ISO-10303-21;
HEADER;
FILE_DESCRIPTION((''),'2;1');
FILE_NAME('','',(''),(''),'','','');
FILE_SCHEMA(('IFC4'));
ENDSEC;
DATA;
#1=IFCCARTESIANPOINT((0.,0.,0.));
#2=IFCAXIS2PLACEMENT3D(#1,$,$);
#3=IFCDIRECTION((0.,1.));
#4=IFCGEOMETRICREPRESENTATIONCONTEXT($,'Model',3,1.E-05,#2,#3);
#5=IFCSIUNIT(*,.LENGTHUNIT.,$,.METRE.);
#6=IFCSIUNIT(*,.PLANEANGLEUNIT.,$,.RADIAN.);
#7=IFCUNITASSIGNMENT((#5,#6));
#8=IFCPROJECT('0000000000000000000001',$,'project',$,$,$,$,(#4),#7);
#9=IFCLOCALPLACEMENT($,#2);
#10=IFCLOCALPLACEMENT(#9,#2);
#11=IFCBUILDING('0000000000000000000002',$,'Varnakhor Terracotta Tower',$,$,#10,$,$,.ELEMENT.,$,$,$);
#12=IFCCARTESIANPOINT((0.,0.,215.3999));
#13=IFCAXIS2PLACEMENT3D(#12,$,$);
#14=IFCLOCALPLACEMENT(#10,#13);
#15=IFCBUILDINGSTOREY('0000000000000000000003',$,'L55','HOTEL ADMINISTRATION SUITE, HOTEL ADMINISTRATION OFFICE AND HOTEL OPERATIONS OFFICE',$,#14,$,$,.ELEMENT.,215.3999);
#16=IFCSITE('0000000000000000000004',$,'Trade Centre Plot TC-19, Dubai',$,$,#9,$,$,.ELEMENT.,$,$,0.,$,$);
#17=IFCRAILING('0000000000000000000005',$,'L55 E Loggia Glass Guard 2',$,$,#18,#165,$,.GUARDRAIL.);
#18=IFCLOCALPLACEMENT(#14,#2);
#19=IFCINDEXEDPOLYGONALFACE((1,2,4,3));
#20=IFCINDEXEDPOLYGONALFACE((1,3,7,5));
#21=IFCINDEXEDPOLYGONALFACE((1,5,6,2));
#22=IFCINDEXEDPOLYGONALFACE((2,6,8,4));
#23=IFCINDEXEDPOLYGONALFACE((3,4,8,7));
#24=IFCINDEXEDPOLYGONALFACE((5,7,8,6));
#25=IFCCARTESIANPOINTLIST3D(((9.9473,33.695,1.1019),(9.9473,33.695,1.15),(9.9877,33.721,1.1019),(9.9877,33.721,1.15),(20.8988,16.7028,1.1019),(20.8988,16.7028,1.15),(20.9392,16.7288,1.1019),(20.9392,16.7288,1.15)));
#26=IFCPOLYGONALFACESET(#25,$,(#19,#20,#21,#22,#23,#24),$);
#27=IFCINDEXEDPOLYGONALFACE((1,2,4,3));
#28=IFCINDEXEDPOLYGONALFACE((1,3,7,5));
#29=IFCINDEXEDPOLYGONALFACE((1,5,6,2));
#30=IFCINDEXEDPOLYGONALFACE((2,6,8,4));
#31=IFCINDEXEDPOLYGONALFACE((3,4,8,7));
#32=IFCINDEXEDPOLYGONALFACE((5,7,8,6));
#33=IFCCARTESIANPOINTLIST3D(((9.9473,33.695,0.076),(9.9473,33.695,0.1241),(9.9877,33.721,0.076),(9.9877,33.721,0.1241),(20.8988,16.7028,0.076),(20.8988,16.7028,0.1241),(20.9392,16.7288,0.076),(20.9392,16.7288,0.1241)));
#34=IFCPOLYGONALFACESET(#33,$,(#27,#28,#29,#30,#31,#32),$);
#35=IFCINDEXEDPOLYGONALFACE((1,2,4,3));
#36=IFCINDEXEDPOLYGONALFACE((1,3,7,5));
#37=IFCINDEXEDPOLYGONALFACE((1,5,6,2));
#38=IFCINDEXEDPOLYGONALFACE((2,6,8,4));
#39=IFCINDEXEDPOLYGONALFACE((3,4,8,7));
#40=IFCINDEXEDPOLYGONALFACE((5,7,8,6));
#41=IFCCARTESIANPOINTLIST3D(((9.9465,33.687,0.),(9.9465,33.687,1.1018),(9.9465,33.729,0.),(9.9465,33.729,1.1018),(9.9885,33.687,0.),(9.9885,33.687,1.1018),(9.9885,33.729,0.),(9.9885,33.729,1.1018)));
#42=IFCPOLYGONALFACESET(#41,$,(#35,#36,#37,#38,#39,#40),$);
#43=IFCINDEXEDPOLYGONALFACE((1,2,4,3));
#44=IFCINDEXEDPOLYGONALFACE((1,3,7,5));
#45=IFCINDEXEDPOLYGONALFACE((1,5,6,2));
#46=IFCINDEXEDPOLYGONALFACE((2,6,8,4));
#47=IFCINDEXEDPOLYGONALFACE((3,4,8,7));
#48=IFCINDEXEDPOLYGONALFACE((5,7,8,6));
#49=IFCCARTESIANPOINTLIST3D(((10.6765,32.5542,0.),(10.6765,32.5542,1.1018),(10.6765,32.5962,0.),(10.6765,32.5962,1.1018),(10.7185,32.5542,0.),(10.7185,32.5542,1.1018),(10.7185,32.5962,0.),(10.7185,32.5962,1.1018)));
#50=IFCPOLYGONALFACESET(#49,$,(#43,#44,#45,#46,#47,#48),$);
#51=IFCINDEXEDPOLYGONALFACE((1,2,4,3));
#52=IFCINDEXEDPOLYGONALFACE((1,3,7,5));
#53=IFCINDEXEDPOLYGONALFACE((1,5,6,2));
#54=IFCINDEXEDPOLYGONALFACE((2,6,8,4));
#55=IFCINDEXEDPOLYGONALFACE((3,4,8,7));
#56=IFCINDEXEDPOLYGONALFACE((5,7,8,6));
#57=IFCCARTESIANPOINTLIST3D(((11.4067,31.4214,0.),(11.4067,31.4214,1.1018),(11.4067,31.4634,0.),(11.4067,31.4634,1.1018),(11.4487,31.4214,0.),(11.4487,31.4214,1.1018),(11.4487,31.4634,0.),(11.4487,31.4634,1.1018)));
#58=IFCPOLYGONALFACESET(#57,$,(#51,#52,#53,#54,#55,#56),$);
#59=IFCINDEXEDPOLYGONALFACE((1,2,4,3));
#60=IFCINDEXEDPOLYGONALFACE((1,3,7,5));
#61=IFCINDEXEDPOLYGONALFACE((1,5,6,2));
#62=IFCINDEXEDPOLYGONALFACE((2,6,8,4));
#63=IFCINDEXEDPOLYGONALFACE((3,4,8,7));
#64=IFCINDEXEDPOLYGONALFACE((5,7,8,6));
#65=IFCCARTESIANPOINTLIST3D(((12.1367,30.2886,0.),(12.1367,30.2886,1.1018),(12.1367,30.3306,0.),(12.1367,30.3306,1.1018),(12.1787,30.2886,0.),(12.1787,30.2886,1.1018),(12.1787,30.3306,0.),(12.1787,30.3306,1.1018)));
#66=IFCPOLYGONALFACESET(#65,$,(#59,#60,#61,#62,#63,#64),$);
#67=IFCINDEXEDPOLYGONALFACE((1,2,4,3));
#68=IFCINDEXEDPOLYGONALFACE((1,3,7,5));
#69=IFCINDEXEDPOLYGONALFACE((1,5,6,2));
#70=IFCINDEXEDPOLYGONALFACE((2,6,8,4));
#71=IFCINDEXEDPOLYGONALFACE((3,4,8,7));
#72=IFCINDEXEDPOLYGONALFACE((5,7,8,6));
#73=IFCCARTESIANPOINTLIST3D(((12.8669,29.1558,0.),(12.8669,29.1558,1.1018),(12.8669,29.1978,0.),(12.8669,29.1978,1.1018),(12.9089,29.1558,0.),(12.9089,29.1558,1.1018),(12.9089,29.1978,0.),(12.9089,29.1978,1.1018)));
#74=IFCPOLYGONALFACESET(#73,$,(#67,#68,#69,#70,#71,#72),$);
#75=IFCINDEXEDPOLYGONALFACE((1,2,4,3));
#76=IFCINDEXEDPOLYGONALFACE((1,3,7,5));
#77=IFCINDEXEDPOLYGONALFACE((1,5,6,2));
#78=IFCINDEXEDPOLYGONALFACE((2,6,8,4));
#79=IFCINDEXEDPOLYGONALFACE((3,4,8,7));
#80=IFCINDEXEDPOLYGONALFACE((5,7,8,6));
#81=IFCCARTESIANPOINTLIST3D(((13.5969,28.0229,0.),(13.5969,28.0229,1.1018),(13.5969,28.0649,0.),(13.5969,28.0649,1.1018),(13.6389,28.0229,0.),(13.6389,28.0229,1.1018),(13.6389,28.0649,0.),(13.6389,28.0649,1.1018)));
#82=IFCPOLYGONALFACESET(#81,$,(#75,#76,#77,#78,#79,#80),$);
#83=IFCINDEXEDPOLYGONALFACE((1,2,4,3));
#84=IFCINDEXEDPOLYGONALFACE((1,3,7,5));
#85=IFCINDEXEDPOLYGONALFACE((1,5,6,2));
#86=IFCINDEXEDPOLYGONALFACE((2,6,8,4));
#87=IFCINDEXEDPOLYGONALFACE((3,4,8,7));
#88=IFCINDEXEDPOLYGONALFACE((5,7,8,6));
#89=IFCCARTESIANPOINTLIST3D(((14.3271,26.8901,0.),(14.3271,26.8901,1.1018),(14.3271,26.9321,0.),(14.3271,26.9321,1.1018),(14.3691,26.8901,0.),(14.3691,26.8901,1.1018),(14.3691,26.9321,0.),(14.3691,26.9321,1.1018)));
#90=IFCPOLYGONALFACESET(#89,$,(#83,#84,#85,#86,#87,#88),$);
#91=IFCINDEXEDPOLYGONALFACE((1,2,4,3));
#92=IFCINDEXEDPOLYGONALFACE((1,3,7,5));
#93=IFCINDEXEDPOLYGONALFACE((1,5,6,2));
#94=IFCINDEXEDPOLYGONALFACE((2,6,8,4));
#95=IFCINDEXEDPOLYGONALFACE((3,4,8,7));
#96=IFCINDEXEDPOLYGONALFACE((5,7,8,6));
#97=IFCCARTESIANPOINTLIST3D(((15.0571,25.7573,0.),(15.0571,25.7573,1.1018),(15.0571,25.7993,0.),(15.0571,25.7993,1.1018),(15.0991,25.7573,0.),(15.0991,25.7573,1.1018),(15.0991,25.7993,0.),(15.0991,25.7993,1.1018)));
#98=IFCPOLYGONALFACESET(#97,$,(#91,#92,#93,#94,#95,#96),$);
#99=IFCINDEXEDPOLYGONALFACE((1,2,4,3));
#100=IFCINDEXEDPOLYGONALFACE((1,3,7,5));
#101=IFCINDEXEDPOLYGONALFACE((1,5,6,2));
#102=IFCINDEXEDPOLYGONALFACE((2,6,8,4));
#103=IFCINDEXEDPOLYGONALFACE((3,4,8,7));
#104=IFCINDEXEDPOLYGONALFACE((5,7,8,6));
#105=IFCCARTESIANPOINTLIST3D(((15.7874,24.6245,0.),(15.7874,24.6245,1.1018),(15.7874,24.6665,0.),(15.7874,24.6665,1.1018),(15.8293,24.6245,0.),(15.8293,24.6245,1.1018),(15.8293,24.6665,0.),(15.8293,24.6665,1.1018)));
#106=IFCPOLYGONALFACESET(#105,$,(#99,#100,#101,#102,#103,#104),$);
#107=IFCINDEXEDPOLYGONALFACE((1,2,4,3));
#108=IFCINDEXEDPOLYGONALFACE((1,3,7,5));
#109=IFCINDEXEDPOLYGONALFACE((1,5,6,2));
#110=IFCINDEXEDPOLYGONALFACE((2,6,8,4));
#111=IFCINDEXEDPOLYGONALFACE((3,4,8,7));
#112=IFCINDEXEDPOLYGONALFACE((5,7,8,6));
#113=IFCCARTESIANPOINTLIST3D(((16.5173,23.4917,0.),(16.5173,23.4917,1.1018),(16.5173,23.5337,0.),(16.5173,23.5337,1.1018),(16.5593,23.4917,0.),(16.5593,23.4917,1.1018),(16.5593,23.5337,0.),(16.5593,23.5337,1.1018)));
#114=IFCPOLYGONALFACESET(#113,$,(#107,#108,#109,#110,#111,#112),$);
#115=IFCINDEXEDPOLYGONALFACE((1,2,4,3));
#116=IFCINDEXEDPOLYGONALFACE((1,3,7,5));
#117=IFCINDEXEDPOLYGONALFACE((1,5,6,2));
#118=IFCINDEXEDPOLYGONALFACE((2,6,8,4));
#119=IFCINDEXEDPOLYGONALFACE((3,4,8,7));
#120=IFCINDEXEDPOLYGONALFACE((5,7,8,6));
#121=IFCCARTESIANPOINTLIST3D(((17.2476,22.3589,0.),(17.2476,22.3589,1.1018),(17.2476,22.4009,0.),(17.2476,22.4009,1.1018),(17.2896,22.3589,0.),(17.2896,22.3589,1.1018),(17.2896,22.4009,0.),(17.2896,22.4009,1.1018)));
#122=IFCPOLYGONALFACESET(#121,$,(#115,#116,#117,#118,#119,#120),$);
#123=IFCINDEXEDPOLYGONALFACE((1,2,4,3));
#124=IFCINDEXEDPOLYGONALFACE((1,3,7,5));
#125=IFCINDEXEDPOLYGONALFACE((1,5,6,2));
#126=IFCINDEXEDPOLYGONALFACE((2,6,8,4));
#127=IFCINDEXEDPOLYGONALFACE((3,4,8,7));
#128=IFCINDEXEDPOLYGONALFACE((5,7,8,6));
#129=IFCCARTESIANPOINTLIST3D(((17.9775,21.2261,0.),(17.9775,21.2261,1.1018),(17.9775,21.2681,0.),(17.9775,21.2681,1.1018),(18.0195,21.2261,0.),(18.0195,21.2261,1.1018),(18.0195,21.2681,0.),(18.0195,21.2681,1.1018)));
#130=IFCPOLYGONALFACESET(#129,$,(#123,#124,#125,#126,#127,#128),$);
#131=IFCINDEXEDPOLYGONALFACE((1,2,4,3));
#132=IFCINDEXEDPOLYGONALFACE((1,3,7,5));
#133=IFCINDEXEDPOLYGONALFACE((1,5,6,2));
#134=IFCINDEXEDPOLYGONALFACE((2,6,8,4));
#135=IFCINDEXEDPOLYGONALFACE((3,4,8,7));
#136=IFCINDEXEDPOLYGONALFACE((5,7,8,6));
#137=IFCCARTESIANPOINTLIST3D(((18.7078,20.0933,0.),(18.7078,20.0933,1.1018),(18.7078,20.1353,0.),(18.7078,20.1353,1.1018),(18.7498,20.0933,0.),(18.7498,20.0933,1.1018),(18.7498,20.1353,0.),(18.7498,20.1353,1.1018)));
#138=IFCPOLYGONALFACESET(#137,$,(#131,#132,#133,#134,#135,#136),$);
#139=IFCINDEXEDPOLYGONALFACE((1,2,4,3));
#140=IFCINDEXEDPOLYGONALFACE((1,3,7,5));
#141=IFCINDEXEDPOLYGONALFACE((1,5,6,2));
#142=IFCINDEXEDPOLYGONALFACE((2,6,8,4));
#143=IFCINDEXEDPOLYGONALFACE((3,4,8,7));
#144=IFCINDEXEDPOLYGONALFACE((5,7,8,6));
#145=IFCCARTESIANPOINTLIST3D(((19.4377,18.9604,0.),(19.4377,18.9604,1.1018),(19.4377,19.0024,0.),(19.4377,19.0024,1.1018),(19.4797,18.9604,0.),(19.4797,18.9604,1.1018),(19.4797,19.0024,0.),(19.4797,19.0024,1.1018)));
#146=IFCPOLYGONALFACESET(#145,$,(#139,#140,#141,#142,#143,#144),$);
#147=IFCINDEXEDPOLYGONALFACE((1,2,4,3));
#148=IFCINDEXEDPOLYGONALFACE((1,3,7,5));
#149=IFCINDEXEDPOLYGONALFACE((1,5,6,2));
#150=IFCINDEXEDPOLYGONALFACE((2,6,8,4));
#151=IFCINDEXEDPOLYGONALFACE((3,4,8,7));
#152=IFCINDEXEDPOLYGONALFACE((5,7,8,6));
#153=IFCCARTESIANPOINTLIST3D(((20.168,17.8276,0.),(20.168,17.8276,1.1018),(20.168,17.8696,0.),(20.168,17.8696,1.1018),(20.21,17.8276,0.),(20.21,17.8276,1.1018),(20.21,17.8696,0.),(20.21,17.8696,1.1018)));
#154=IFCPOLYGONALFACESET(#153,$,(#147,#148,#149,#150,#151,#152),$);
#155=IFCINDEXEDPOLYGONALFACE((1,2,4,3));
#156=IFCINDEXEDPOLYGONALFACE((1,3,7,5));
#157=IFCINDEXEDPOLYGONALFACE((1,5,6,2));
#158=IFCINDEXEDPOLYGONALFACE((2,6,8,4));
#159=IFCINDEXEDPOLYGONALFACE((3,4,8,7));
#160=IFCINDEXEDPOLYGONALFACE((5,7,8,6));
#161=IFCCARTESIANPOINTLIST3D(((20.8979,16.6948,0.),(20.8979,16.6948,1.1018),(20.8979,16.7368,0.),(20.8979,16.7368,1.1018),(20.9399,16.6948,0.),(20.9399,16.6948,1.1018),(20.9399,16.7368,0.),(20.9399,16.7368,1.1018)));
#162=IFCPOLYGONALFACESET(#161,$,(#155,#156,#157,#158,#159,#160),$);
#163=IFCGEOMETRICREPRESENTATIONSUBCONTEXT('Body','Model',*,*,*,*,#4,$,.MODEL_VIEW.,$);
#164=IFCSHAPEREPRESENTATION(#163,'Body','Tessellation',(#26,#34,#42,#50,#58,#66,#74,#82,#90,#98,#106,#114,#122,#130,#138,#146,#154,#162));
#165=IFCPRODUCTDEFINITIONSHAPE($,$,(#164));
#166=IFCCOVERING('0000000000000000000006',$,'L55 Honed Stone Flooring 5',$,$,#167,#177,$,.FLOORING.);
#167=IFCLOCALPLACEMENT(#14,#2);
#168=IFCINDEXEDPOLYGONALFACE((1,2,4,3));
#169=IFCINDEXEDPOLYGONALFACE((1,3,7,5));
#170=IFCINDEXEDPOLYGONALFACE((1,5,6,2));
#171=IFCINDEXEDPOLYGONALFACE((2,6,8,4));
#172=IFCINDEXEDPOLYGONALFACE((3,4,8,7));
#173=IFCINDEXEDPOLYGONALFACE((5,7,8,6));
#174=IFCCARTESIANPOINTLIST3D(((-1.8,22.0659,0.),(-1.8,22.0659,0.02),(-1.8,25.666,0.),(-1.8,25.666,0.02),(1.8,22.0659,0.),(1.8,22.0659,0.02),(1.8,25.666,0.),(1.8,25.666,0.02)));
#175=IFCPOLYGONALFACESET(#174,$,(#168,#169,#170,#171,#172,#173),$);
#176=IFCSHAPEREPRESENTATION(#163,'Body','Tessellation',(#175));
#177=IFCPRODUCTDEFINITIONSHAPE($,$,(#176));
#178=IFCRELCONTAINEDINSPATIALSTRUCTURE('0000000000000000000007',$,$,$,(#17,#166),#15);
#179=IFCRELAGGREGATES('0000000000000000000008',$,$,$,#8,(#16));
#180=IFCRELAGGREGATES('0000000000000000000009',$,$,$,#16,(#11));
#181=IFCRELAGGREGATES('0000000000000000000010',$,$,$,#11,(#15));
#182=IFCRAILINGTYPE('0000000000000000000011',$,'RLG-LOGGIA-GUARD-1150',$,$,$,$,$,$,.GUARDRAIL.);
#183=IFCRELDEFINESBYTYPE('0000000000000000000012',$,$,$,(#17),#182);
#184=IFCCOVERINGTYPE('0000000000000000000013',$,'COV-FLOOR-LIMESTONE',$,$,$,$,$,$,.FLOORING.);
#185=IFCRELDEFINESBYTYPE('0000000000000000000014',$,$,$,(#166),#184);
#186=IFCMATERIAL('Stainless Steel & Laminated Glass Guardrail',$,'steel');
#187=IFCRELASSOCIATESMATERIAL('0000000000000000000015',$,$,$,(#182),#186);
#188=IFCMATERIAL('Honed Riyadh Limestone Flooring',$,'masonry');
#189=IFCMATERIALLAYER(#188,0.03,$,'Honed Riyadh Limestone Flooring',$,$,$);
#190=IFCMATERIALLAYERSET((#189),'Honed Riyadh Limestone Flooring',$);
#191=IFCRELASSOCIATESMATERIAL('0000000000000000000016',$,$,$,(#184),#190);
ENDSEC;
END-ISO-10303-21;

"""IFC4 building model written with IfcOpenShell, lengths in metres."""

from ifc_helpers import new_model, si_unit, direction, frame, origin, origin_2d, place, context, subcontext, project, spatial, rectangle, extrude, source, transform, mapped, material, layer, layer_set, type_object, element, save


model = new_model("IFC4")

# Units and contexts
model_context = context("Model", 3, precision=1e-05, world=origin(), true_north=direction((0.0, 1.0)))
body_context = subcontext(model_context, "Body", "Model", "MODEL_VIEW")
ifc_project = project(units=[si_unit("LENGTHUNIT", "METRE"), si_unit("PLANEANGLEUNIT", "RADIAN")], contexts=[model_context])

# Site, building, storey
site_placement = place(None, origin())
site = spatial("IfcSite", under=ifc_project, at=site_placement, Name="Trade Centre Plot TC-19, Dubai", CompositionType="ELEMENT", RefElevation=0.0)
building_placement = place(site_placement, origin())
building = spatial("IfcBuilding", under=site, at=building_placement, Name="Varnakhor Terracotta Tower", CompositionType="ELEMENT")
storey_placement = place(building_placement, frame((0.0, 0.0, 215.3999)))
storey = spatial("IfcBuildingStorey", under=building, at=storey_placement, Name="L55", Description="HOTEL ADMINISTRATION SUITE, HOTEL ADMINISTRATION OFFICE AND HOTEL OPERATIONS OFFICE", CompositionType="ELEMENT", Elevation=215.3999)

# Railing
ifc_material_1 = material(Name="Stainless Steel & Laminated Glass Guardrail", Category="steel")
railing_type = type_object("IfcRailingType", Name="RLG-LOGGIA-GUARD-1150", PredefinedType="GUARDRAIL", material=ifc_material_1)
railing_1_placement = place(storey_placement, frame((9.9675, 33.708, 0.0)))
element("IfcRailing", 1, at=railing_1_placement, inside=storey, type_object=railing_type, Name="L55 E Loggia Glass Guard 2", PredefinedType="GUARDRAIL", context=body_context, shape_type="SweptSolid", body=[
    extrude(rectangle(XDim=0.0481, YDim=0.0481, at=origin_2d()), frame((0.0, 0.0, 1.126), z_axis=(0.541733, -0.840551, 0.0), x_axis=(0.840551, 0.541733, 0.0)), (0.0, 0.0, 1.0), 20.2156),
    extrude(rectangle(XDim=0.0481, YDim=0.0481, at=origin_2d()), frame((0.0, 0.0, 0.1001), z_axis=(0.541733, -0.840551, 0.0), x_axis=(0.840551, 0.541733, 0.0)), (0.0, 0.0, 1.0), 20.2156),
    extrude(rectangle(XDim=0.042, YDim=0.042, at=origin_2d()), origin(), (0.0, 0.0, 1.0), 1.1018),
    extrude(rectangle(XDim=0.042, YDim=0.042, at=origin_2d()), frame((0.73, -1.1328, 0.0)), (0.0, 0.0, 1.0), 1.1018),
    extrude(rectangle(XDim=0.042, YDim=0.042, at=origin_2d()), frame((1.4602, -2.2656, 0.0)), (0.0, 0.0, 1.0), 1.1018),
    extrude(rectangle(XDim=0.042, YDim=0.042, at=origin_2d()), frame((2.1902, -3.3984, 0.0)), (0.0, 0.0, 1.0), 1.1018),
    extrude(rectangle(XDim=0.042, YDim=0.042, at=origin_2d()), frame((2.9204, -4.5312, 0.0)), (0.0, 0.0, 1.0), 1.1018),
    extrude(rectangle(XDim=0.042, YDim=0.042, at=origin_2d()), frame((3.6504, -5.6641, 0.0)), (0.0, 0.0, 1.0), 1.1018),
    extrude(rectangle(XDim=0.042, YDim=0.042, at=origin_2d()), frame((4.3806, -6.7969, 0.0)), (0.0, 0.0, 1.0), 1.1018),
    extrude(rectangle(XDim=0.042, YDim=0.042, at=origin_2d()), frame((5.1106, -7.9297, 0.0)), (0.0, 0.0, 1.0), 1.1018),
    extrude(rectangle(XDim=0.042, YDim=0.042, at=origin_2d()), frame((5.8408, -9.0625, 0.0)), (0.0, 0.0, 1.0), 1.1018),
    extrude(rectangle(XDim=0.042, YDim=0.042, at=origin_2d()), frame((6.5708, -10.1953, 0.0)), (0.0, 0.0, 1.0), 1.1018),
    extrude(rectangle(XDim=0.042, YDim=0.042, at=origin_2d()), frame((7.301, -11.3281, 0.0)), (0.0, 0.0, 1.0), 1.1018),
    extrude(rectangle(XDim=0.042, YDim=0.042, at=origin_2d()), frame((8.031, -12.4609, 0.0)), (0.0, 0.0, 1.0), 1.1018),
    extrude(rectangle(XDim=0.042, YDim=0.042, at=origin_2d()), frame((8.7612, -13.5938, 0.0)), (0.0, 0.0, 1.0), 1.1018),
    extrude(rectangle(XDim=0.042, YDim=0.042, at=origin_2d()), frame((9.4912, -14.7266, 0.0)), (0.0, 0.0, 1.0), 1.1018),
    extrude(rectangle(XDim=0.042, YDim=0.042, at=origin_2d()), frame((10.2214, -15.8594, 0.0)), (0.0, 0.0, 1.0), 1.1018),
    extrude(rectangle(XDim=0.042, YDim=0.042, at=origin_2d()), frame((10.9514, -16.9922, 0.0)), (0.0, 0.0, 1.0), 1.1018),
])

# Covering
ifc_material_2 = material(Name="Honed Riyadh Limestone Flooring", Category="masonry")
ifc_layer_1 = layer(ifc_material_2, 0.03, Name="Honed Riyadh Limestone Flooring")
ifc_layer_set_1 = layer_set([ifc_layer_1], Name="Honed Riyadh Limestone Flooring")
covering_type = type_object("IfcCoveringType", Name="COV-FLOOR-LIMESTONE", PredefinedType="FLOORING", material=ifc_layer_set_1)
shared_shape_1 = source(origin(), body_context, "Body", "SweptSolid", [
    extrude(rectangle(XDim=3.6001, YDim=3.6001, at=origin_2d()), origin(), (0.0, 0.0, 1.0), 0.02),
])
covering_placement = place(storey_placement, frame((0.0, 23.866, 0.0), z_axis=(0.0, 0.0, 1.0), x_axis=(1.0, 0.0, 0.0)))
element("IfcCovering", 2, at=covering_placement, inside=storey, type_object=covering_type, Name="L55 Honed Stone Flooring 5", PredefinedType="FLOORING", context=body_context, shape_type="MappedRepresentation", body=[
    mapped(shared_shape_1, transform((0.0, 0.0, 0.0), scale=1.0)),
])

save(model, "model.ifc")
